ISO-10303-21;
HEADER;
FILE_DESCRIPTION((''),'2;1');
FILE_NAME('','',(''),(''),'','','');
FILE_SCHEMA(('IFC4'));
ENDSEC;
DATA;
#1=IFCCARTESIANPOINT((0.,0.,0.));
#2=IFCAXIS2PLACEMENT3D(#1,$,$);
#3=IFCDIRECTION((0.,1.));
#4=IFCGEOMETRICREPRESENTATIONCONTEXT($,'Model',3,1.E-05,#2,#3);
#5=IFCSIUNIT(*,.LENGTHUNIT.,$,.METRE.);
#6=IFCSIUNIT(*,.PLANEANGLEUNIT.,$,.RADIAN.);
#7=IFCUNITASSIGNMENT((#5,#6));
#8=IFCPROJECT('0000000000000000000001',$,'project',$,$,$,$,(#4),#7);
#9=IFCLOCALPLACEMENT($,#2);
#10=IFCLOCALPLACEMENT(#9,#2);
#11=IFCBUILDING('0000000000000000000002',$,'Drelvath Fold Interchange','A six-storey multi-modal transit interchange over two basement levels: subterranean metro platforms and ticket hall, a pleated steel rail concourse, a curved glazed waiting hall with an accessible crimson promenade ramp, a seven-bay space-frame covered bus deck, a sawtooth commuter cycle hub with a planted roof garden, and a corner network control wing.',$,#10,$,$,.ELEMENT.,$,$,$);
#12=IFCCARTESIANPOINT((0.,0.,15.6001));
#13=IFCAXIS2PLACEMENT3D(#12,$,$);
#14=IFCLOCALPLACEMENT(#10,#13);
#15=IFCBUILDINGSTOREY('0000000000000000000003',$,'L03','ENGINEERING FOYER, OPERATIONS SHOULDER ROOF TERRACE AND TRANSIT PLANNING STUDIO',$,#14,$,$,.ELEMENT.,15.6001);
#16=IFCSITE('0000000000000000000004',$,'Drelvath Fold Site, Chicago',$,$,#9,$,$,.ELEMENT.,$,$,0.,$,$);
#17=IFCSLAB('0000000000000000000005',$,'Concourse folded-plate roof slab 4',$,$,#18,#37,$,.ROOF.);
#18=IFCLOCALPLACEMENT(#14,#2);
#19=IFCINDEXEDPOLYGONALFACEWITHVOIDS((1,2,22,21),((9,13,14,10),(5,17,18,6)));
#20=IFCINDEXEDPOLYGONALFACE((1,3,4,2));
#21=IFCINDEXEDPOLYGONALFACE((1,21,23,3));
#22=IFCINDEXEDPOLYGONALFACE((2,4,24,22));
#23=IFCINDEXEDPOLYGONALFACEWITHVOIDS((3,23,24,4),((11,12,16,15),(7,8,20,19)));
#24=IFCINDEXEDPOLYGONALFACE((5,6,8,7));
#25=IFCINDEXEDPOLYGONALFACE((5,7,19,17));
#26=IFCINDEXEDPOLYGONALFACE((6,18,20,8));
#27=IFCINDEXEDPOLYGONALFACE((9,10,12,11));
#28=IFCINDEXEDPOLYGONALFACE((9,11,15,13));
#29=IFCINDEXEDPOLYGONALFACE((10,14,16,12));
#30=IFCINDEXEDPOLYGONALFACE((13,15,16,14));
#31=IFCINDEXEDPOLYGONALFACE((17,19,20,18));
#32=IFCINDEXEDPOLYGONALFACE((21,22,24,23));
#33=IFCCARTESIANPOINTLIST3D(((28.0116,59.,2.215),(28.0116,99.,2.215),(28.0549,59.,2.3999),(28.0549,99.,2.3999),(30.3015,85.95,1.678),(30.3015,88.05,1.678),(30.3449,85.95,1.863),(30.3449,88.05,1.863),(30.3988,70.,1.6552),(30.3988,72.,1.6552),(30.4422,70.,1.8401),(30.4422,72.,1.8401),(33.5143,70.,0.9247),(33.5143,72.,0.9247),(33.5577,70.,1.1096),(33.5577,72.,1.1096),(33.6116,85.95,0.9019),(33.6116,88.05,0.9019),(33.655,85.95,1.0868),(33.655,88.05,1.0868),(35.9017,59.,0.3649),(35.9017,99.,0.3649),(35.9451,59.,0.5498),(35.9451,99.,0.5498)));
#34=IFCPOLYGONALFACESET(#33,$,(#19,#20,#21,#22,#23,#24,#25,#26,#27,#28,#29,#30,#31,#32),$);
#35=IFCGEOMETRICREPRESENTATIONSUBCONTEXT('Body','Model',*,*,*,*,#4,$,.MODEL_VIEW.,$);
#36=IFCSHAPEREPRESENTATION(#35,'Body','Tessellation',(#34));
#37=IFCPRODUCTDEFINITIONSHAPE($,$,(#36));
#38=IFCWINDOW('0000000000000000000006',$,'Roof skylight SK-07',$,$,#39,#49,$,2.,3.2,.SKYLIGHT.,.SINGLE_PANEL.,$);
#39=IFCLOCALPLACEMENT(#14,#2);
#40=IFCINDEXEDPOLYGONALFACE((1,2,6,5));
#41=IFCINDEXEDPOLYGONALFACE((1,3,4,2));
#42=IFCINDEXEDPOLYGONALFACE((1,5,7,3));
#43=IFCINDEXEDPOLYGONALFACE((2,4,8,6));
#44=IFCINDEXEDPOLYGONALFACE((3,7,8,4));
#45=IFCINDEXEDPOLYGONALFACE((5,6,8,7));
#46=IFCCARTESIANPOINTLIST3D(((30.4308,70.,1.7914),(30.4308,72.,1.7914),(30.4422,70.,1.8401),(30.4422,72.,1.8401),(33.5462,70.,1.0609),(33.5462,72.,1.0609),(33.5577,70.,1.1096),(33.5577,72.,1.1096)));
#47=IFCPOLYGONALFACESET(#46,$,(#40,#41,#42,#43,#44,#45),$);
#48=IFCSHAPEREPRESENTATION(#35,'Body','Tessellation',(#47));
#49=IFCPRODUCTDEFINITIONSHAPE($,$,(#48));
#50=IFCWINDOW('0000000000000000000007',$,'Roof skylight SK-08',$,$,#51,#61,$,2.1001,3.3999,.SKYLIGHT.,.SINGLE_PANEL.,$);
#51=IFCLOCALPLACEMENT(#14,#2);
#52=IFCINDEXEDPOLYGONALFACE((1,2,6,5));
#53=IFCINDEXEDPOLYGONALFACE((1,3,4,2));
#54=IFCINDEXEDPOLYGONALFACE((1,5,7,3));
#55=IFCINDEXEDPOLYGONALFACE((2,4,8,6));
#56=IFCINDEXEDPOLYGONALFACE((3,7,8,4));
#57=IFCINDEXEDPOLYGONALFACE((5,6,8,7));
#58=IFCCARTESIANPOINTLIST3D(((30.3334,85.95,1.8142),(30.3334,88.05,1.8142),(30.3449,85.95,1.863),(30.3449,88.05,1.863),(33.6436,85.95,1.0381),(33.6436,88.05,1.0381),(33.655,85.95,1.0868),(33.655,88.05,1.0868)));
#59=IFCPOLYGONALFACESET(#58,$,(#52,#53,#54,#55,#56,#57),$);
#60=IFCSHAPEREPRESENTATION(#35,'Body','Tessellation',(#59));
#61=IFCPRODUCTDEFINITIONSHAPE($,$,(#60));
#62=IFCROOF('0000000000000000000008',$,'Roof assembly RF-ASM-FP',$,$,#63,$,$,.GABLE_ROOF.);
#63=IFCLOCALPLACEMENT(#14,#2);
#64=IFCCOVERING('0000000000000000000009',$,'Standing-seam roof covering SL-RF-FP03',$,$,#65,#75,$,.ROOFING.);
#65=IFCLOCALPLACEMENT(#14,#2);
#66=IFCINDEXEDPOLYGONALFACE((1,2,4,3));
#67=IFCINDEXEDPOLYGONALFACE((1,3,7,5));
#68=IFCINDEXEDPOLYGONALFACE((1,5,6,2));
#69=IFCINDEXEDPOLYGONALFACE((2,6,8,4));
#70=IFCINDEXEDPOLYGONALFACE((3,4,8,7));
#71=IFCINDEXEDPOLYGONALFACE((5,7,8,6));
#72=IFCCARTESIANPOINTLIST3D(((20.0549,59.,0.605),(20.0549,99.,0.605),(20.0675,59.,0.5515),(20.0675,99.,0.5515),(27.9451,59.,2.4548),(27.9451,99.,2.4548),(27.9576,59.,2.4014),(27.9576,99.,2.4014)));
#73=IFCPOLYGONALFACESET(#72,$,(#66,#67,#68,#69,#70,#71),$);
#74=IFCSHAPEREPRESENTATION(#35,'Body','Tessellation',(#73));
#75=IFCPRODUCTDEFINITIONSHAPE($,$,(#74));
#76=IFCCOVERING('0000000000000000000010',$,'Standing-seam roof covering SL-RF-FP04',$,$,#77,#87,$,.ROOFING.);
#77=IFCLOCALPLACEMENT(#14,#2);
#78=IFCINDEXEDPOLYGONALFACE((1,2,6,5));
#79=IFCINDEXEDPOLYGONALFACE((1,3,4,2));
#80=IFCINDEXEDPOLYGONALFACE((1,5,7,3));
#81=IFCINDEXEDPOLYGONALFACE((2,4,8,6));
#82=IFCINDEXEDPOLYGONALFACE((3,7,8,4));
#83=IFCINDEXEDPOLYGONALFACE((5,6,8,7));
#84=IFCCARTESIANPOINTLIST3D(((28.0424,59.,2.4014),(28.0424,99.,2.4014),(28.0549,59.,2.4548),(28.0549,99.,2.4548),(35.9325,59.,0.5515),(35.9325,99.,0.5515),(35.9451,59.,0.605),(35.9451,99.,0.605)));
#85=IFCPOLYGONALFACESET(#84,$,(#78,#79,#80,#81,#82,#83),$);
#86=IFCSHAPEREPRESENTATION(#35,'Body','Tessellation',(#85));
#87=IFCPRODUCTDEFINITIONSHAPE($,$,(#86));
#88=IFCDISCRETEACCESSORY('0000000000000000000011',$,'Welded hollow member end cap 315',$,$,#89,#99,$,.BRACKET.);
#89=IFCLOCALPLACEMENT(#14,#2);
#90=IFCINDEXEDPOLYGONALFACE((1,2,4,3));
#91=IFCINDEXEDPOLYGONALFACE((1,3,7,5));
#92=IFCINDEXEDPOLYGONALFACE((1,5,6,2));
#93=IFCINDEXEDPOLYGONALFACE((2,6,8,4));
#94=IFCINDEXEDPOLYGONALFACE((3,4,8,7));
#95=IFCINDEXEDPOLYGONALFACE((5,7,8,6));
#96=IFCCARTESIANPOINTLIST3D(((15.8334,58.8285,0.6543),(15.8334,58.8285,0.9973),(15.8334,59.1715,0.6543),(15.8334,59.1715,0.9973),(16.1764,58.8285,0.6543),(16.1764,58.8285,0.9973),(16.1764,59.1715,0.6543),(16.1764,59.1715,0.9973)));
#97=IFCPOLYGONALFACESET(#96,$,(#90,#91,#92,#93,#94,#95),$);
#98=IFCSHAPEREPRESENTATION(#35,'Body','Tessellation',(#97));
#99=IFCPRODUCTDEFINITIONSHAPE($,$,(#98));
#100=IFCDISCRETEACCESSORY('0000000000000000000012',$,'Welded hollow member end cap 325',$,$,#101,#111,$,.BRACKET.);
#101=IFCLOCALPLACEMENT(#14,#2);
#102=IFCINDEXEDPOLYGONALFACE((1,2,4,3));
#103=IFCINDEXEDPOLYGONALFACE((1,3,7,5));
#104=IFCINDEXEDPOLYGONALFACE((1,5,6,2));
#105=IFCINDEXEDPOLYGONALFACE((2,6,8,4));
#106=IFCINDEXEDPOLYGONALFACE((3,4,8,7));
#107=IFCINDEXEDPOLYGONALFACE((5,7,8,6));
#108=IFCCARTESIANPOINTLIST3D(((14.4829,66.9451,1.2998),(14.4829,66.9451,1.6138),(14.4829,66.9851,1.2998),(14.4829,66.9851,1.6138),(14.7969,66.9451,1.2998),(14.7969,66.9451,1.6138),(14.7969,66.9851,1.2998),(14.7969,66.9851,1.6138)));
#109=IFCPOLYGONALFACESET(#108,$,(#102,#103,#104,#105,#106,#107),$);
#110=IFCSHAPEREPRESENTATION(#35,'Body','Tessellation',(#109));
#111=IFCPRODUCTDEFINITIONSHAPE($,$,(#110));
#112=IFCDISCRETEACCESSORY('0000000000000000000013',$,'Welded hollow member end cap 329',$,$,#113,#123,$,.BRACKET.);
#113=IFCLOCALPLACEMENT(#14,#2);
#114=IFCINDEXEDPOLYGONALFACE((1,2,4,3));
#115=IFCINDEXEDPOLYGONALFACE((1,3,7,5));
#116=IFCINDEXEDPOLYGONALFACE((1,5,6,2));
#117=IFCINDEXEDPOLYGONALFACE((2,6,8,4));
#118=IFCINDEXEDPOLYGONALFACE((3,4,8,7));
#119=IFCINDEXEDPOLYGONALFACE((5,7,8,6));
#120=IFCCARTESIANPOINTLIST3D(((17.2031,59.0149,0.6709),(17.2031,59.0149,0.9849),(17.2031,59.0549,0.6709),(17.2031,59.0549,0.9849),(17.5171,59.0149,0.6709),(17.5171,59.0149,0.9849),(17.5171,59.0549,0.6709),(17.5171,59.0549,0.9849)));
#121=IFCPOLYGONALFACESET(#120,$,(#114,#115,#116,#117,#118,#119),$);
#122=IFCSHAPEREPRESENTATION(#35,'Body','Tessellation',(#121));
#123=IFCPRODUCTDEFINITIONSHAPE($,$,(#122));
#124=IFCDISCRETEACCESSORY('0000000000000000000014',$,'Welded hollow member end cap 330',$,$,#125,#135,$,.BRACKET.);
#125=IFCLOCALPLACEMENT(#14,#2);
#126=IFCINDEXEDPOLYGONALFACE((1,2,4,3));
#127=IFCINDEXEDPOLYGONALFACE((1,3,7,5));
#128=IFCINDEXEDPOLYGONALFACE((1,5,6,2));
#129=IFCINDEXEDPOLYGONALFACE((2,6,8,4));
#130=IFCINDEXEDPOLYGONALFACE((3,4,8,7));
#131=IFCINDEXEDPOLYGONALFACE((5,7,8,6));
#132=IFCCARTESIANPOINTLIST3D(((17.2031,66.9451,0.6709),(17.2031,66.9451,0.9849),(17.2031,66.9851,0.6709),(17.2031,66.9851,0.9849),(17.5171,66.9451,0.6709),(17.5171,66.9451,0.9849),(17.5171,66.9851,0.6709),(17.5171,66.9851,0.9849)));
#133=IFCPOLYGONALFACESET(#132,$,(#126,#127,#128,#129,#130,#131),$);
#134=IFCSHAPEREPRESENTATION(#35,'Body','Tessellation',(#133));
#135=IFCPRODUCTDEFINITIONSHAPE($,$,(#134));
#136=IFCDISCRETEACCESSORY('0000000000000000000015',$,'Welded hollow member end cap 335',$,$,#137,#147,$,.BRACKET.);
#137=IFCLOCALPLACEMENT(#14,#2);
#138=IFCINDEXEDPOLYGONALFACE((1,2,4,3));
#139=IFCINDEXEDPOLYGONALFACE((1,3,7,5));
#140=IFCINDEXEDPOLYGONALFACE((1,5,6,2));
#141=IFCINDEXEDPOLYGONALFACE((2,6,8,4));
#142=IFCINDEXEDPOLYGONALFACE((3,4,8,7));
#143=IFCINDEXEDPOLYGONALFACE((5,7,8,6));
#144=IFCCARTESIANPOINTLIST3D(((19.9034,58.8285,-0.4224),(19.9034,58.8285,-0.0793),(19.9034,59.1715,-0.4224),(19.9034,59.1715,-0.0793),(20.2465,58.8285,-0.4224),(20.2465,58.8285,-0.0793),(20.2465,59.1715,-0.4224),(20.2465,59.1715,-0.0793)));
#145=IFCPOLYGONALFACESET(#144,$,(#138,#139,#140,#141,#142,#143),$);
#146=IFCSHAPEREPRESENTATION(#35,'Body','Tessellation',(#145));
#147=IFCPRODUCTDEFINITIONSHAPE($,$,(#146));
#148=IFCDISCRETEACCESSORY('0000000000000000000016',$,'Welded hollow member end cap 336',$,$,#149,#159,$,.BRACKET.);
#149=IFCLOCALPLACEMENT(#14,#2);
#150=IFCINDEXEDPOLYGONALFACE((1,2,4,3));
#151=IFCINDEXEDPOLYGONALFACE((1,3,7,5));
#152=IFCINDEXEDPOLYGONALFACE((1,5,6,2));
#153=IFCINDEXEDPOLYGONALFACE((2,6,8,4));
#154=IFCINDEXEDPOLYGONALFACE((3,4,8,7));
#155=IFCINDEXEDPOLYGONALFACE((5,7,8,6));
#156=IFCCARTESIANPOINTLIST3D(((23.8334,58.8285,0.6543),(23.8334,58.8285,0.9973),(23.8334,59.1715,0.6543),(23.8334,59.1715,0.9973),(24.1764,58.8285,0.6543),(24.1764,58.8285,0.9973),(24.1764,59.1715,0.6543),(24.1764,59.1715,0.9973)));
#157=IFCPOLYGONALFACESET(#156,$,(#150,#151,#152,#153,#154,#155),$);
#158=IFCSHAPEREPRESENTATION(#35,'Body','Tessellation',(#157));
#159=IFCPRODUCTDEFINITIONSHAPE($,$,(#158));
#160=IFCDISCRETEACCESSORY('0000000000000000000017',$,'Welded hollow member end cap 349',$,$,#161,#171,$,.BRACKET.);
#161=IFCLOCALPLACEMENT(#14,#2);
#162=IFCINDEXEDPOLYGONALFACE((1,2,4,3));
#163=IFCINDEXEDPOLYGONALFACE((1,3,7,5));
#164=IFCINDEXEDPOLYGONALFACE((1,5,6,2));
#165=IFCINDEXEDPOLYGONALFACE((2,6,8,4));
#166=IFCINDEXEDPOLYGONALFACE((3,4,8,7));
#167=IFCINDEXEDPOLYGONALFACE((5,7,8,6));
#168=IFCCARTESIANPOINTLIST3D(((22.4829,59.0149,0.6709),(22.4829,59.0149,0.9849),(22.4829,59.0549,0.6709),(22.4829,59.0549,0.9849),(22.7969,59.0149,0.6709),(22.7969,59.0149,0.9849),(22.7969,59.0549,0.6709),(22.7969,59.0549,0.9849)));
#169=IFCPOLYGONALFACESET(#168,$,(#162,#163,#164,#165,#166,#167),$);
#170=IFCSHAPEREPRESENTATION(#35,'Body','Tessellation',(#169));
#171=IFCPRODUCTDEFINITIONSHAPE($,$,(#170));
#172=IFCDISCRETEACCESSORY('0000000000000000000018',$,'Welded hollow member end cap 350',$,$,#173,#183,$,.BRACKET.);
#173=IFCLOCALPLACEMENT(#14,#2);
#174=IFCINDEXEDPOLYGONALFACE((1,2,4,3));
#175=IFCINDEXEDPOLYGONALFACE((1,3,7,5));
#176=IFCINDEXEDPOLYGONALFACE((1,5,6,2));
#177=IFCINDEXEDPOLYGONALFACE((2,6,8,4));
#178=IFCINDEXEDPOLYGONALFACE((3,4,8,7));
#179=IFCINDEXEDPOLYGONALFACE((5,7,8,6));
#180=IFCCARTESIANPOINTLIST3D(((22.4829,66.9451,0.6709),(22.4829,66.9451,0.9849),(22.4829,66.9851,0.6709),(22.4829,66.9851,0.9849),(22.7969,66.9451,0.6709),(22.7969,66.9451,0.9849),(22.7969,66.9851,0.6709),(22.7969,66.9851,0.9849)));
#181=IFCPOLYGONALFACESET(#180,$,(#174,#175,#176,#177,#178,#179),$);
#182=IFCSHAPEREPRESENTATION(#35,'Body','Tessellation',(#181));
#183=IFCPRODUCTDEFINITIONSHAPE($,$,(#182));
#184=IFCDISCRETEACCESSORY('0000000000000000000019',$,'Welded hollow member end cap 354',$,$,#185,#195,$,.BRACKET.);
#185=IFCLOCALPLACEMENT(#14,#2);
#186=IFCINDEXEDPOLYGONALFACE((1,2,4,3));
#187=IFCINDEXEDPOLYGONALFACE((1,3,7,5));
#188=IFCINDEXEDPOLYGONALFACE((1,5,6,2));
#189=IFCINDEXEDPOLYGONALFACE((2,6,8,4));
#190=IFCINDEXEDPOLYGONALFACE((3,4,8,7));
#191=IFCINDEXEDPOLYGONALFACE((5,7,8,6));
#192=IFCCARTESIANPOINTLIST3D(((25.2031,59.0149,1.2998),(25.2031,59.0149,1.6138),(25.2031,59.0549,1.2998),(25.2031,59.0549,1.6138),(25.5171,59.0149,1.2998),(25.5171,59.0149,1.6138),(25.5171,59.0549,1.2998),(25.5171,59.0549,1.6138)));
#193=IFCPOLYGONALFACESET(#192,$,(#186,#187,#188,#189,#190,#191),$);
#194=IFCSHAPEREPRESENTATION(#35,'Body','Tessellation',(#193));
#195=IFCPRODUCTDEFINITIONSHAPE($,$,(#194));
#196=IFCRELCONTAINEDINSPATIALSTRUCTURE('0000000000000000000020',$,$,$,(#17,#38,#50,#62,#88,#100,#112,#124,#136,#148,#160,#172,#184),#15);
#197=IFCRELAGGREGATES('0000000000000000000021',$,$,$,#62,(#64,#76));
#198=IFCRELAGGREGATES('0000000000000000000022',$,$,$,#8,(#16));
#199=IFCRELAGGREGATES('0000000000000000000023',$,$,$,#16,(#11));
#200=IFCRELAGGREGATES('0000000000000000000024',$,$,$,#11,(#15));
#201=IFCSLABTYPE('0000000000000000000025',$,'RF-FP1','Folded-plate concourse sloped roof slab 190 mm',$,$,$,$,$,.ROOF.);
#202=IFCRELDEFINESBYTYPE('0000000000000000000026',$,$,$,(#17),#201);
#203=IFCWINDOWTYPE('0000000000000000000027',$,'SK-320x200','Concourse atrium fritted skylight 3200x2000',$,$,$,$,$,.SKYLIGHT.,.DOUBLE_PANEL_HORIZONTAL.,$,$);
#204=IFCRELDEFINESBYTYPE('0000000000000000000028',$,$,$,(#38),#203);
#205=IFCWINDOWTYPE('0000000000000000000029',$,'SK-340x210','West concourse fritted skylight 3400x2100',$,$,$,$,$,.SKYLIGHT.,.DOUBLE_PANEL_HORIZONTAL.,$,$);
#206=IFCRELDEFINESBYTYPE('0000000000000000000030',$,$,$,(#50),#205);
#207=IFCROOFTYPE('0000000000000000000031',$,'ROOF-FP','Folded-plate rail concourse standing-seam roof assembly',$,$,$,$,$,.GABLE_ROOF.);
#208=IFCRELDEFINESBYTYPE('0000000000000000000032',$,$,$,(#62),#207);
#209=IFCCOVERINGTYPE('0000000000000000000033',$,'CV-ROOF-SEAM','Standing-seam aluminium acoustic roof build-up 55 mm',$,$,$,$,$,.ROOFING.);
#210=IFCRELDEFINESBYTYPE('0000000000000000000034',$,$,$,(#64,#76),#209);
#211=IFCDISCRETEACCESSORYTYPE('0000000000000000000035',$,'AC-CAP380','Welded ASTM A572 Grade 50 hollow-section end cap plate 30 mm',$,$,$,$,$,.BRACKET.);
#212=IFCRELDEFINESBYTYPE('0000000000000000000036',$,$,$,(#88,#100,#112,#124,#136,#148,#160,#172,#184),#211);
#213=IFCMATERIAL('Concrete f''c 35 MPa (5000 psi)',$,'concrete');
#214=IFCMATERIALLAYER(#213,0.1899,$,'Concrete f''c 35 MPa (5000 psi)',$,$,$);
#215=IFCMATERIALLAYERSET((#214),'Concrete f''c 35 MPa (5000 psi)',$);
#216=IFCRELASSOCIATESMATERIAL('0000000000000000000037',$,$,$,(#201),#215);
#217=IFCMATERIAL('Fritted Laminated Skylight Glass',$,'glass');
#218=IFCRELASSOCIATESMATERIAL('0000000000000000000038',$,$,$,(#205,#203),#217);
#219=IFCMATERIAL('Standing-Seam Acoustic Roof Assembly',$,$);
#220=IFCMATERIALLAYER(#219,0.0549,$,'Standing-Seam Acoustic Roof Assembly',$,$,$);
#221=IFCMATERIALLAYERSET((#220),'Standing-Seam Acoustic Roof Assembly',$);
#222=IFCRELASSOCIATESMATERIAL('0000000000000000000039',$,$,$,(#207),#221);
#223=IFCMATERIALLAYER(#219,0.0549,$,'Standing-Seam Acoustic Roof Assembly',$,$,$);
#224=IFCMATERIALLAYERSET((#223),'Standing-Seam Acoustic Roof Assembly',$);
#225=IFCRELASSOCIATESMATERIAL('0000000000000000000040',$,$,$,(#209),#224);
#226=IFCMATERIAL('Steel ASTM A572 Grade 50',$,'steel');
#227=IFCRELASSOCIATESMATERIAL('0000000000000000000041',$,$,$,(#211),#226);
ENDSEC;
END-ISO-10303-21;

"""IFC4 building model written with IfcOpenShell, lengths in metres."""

from ifc_helpers import new_model, si_unit, direction, frame, origin, origin_2d, place, context, subcontext, project, spatial, polyline, rectangle, outline, extrude, material, layer, layer_set, type_object, element, fill, aggregate, save


model = new_model("IFC4")

# Units and contexts
model_context = context("Model", 3, precision=1e-05, world=origin(), true_north=direction((0.0, 1.0)))
body_context = subcontext(model_context, "Body", "Model", "MODEL_VIEW")
ifc_project = project(units=[si_unit("LENGTHUNIT", "METRE"), si_unit("PLANEANGLEUNIT", "RADIAN")], contexts=[model_context])

# Site, building, storey
site_placement = place(None, origin())
site = spatial("IfcSite", under=ifc_project, at=site_placement, Name="Drelvath Fold Site, Chicago", CompositionType="ELEMENT", RefElevation=0.0)
building_placement = place(site_placement, origin())
building = spatial("IfcBuilding", under=site, at=building_placement, Name="Drelvath Fold Interchange", Description="A six-storey multi-modal transit interchange over two basement levels: subterranean metro platforms and ticket hall, a pleated steel rail concourse, a curved glazed waiting hall with an accessible crimson promenade ramp, a seven-bay space-frame covered bus deck, a sawtooth commuter cycle hub with a planted roof garden, and a corner network control wing.", CompositionType="ELEMENT")
storey_placement = place(building_placement, frame((0.0, 0.0, 15.6001)))
storey = spatial("IfcBuildingStorey", under=building, at=storey_placement, Name="L03", Description="ENGINEERING FOYER, OPERATIONS SHOULDER ROOF TERRACE AND TRANSIT PLANNING STUDIO", CompositionType="ELEMENT", Elevation=15.6001)

# Slab, openings, windows
ifc_material_1 = material(Name="Concrete f'c 35 MPa (5000 psi)", Category="concrete")
ifc_layer_1 = layer(ifc_material_1, 0.1899, Name="Concrete f'c 35 MPa (5000 psi)")
ifc_layer_set_1 = layer_set([ifc_layer_1], Name="Concrete f'c 35 MPa (5000 psi)")
slab_type = type_object("IfcSlabType", Name="RF-FP1", Description="Folded-plate concourse sloped roof slab 190 mm", PredefinedType="ROOF", material=ifc_layer_set_1)
ifc_material_2 = material(Name="Fritted Laminated Skylight Glass", Category="glass")
window_type_1 = type_object("IfcWindowType", Name="SK-340x210", Description="West concourse fritted skylight 3400x2100", PartitioningType="DOUBLE_PANEL_HORIZONTAL", PredefinedType="SKYLIGHT", material=ifc_material_2)
slab_1_placement = place(storey_placement, frame((28.0549, 59.0, 2.3999), z_axis=(0.22829, 0.0, 0.973593), x_axis=(0.973593, 0.0, -0.22829)))
slab_1 = element("IfcSlab", 1, at=slab_1_placement, inside=storey, type_object=slab_type, Name="Concourse folded-plate roof slab 4", PredefinedType="ROOF", context=body_context, shape_type="SweptSolid", body=[
    extrude(outline(polyline([(0.0, 0.0), (8.1041, 0.0), (8.1041, 40.0), (0.0, 40.0), (0.0, 0.0)])), origin(), (0.0, 0.0, -1.0), 0.1899),
])
opening_1_placement = place(slab_1_placement, frame((4.052, 12.0, 0.01)))
opening_1 = element("IfcOpeningElement", 2, at=opening_1_placement, cuts=slab_1, PredefinedType="OPENING", context=body_context, shape_type="SweptSolid", body=[
    extrude(rectangle(XDim=3.2, YDim=2.0, at=origin_2d()), origin(), (0.0, 0.0, -1.0), 0.21),
])
opening_2_placement = place(slab_1_placement, frame((4.052, 28.0, 0.01)))
opening_2 = element("IfcOpeningElement", 3, at=opening_2_placement, cuts=slab_1, PredefinedType="OPENING", context=body_context, shape_type="SweptSolid", body=[
    extrude(rectangle(XDim=3.3999, YDim=2.1001, at=origin_2d()), origin(), (0.0, 0.0, -1.0), 0.21),
])
window_type_2 = type_object("IfcWindowType", Name="SK-320x200", Description="Concourse atrium fritted skylight 3200x2000", PartitioningType="DOUBLE_PANEL_HORIZONTAL", PredefinedType="SKYLIGHT", material=ifc_material_2)
window_1_placement = place(slab_1_placement, frame((4.052, 12.0, 0.0)))
window_1 = element("IfcWindow", 4, at=window_1_placement, inside=storey, type_object=window_type_2, Name="Roof skylight SK-07", OverallHeight=2.0, OverallWidth=3.2, PartitioningType="SINGLE_PANEL", PredefinedType="SKYLIGHT", context=body_context, shape_type="SweptSolid", body=[
    extrude(rectangle(XDim=3.2, YDim=2.0, at=origin_2d()), origin(), (0.0, 0.0, -1.0), 0.05),
])
fill(opening_1, window_1)
window_2_placement = place(slab_1_placement, frame((4.052, 28.0, 0.0)))
window_2 = element("IfcWindow", 5, at=window_2_placement, inside=storey, type_object=window_type_1, Name="Roof skylight SK-08", OverallHeight=2.1001, OverallWidth=3.3999, PartitioningType="SINGLE_PANEL", PredefinedType="SKYLIGHT", context=body_context, shape_type="SweptSolid", body=[
    extrude(rectangle(XDim=3.3999, YDim=2.1001, at=origin_2d()), origin(), (0.0, 0.0, -1.0), 0.05),
])
fill(opening_2, window_2)

# Roof, coverings
ifc_material_3 = material(Name="Standing-Seam Acoustic Roof Assembly")
ifc_layer_2 = layer(ifc_material_3, 0.0549, Name="Standing-Seam Acoustic Roof Assembly")
ifc_layer_set_2 = layer_set([ifc_layer_2], Name="Standing-Seam Acoustic Roof Assembly")
roof_type = type_object("IfcRoofType", Name="ROOF-FP", Description="Folded-plate rail concourse standing-seam roof assembly", PredefinedType="GABLE_ROOF", material=ifc_layer_set_2)
roof_placement = place(storey_placement, origin())
roof = element("IfcRoof", 6, at=roof_placement, inside=storey, type_object=roof_type, Name="Roof assembly RF-ASM-FP", PredefinedType="GABLE_ROOF")
ifc_layer_3 = layer(ifc_material_3, 0.0549, Name="Standing-Seam Acoustic Roof Assembly")
ifc_layer_set_3 = layer_set([ifc_layer_3], Name="Standing-Seam Acoustic Roof Assembly")
covering_type = type_object("IfcCoveringType", Name="CV-ROOF-SEAM", Description="Standing-seam aluminium acoustic roof build-up 55 mm", PredefinedType="ROOFING", material=ifc_layer_set_3)
covering_1_placement = place(storey_placement, frame((20.0549, 59.0, 0.605), z_axis=(-0.228262, 0.0, 0.9736), x_axis=(0.9736, 0.0, 0.228262)))
covering_1 = element("IfcCovering", 7, at=covering_1_placement, type_object=covering_type, Name="Standing-seam roof covering SL-RF-FP03", PredefinedType="ROOFING", context=body_context, shape_type="SweptSolid", body=[
    extrude(outline(polyline([(0.0, 0.0), (8.1041, 0.0), (8.1041, 40.0), (0.0, 40.0), (0.0, 0.0)])), origin(), (0.0, 0.0, -1.0), 0.0549),
])
covering_2_placement = place(storey_placement, frame((28.0549, 59.0, 2.4548), z_axis=(0.228262, 0.0, 0.9736), x_axis=(0.9736, 0.0, -0.228262)))
covering_2 = element("IfcCovering", 8, at=covering_2_placement, type_object=covering_type, Name="Standing-seam roof covering SL-RF-FP04", PredefinedType="ROOFING", context=body_context, shape_type="SweptSolid", body=[
    extrude(outline(polyline([(0.0, 0.0), (8.1041, 0.0), (8.1041, 40.0), (0.0, 40.0), (0.0, 0.0)])), origin(), (0.0, 0.0, -1.0), 0.0549),
])
aggregate(roof, [covering_1, covering_2])

# Discrete accessories
ifc_material_4 = material(Name="Steel ASTM A572 Grade 50", Category="steel")
discrete_accessory_type = type_object("IfcDiscreteAccessoryType", Name="AC-CAP380", Description="Welded ASTM A572 Grade 50 hollow-section end cap plate 30 mm", PredefinedType="BRACKET", material=ifc_material_4)
discrete_accessory_placement = place(storey_placement, frame((16.0049, 59.0, 0.6543), z_axis=(0.0, 0.0, 1.0), x_axis=(1.0, 0.0, 0.0)))
element("IfcDiscreteAccessory", 9, at=discrete_accessory_placement, inside=storey, type_object=discrete_accessory_type, Name="Welded hollow member end cap 315", PredefinedType="BRACKET", context=body_context, shape_type="SweptSolid", body=[
    extrude(rectangle(XDim=0.343, YDim=0.343, at=origin_2d()), origin(), (0.0, 0.0, 1.0), 0.343),
])
for number, where, z_axis, x_axis, name in (
    (10, (14.6399, 66.9651, 1.2998), (0.0, 0.0, 1.0), (1.0, 0.0, 0.0), "Welded hollow member end cap 325"),
    (11, (17.3601, 59.0349, 0.6709), (0.0, 0.0, 1.0), (1.0, 0.0, 0.0), "Welded hollow member end cap 329"),
    (12, (17.3601, 66.9651, 0.6709), (0.0, 0.0, 1.0), (1.0, 0.0, 0.0), "Welded hollow member end cap 330"),
):
    element("IfcDiscreteAccessory", number, at=place(storey_placement, frame(where, z_axis=z_axis, x_axis=x_axis)), inside=storey, type_object=discrete_accessory_type, Name=name, PredefinedType="BRACKET", context=body_context, shape_type="SweptSolid", body=[
        extrude(rectangle(XDim=0.314, YDim=0.04, at=origin_2d()), origin(), (0.0, 0.0, 1.0), 0.314),
    ])
for number, where, z_axis, x_axis, name in (
    (13, (20.075, 59.0, -0.4224), (0.0, 0.0, 1.0), (1.0, 0.0, 0.0), "Welded hollow member end cap 335"),
    (14, (24.0049, 59.0, 0.6543), (0.0, 0.0, 1.0), (1.0, 0.0, 0.0), "Welded hollow member end cap 336"),
):
    element("IfcDiscreteAccessory", number, at=place(storey_placement, frame(where, z_axis=z_axis, x_axis=x_axis)), inside=storey, type_object=discrete_accessory_type, Name=name, PredefinedType="BRACKET", context=body_context, shape_type="SweptSolid", body=[
        extrude(rectangle(XDim=0.343, YDim=0.343, at=origin_2d()), origin(), (0.0, 0.0, 1.0), 0.343),
    ])
for number, where, z_axis, x_axis, name in (
    (15, (22.6399, 59.0349, 0.6709), (0.0, 0.0, 1.0), (1.0, 0.0, 0.0), "Welded hollow member end cap 349"),
    (16, (22.6399, 66.9651, 0.6709), (0.0, 0.0, 1.0), (1.0, 0.0, 0.0), "Welded hollow member end cap 350"),
    (17, (25.3601, 59.0349, 1.2998), (0.0, 0.0, 1.0), (1.0, 0.0, 0.0), "Welded hollow member end cap 354"),
):
    element("IfcDiscreteAccessory", number, at=place(storey_placement, frame(where, z_axis=z_axis, x_axis=x_axis)), inside=storey, type_object=discrete_accessory_type, Name=name, PredefinedType="BRACKET", context=body_context, shape_type="SweptSolid", body=[
        extrude(rectangle(XDim=0.314, YDim=0.04, at=origin_2d()), origin(), (0.0, 0.0, 1.0), 0.314),
    ])

save(model, "model.ifc")
